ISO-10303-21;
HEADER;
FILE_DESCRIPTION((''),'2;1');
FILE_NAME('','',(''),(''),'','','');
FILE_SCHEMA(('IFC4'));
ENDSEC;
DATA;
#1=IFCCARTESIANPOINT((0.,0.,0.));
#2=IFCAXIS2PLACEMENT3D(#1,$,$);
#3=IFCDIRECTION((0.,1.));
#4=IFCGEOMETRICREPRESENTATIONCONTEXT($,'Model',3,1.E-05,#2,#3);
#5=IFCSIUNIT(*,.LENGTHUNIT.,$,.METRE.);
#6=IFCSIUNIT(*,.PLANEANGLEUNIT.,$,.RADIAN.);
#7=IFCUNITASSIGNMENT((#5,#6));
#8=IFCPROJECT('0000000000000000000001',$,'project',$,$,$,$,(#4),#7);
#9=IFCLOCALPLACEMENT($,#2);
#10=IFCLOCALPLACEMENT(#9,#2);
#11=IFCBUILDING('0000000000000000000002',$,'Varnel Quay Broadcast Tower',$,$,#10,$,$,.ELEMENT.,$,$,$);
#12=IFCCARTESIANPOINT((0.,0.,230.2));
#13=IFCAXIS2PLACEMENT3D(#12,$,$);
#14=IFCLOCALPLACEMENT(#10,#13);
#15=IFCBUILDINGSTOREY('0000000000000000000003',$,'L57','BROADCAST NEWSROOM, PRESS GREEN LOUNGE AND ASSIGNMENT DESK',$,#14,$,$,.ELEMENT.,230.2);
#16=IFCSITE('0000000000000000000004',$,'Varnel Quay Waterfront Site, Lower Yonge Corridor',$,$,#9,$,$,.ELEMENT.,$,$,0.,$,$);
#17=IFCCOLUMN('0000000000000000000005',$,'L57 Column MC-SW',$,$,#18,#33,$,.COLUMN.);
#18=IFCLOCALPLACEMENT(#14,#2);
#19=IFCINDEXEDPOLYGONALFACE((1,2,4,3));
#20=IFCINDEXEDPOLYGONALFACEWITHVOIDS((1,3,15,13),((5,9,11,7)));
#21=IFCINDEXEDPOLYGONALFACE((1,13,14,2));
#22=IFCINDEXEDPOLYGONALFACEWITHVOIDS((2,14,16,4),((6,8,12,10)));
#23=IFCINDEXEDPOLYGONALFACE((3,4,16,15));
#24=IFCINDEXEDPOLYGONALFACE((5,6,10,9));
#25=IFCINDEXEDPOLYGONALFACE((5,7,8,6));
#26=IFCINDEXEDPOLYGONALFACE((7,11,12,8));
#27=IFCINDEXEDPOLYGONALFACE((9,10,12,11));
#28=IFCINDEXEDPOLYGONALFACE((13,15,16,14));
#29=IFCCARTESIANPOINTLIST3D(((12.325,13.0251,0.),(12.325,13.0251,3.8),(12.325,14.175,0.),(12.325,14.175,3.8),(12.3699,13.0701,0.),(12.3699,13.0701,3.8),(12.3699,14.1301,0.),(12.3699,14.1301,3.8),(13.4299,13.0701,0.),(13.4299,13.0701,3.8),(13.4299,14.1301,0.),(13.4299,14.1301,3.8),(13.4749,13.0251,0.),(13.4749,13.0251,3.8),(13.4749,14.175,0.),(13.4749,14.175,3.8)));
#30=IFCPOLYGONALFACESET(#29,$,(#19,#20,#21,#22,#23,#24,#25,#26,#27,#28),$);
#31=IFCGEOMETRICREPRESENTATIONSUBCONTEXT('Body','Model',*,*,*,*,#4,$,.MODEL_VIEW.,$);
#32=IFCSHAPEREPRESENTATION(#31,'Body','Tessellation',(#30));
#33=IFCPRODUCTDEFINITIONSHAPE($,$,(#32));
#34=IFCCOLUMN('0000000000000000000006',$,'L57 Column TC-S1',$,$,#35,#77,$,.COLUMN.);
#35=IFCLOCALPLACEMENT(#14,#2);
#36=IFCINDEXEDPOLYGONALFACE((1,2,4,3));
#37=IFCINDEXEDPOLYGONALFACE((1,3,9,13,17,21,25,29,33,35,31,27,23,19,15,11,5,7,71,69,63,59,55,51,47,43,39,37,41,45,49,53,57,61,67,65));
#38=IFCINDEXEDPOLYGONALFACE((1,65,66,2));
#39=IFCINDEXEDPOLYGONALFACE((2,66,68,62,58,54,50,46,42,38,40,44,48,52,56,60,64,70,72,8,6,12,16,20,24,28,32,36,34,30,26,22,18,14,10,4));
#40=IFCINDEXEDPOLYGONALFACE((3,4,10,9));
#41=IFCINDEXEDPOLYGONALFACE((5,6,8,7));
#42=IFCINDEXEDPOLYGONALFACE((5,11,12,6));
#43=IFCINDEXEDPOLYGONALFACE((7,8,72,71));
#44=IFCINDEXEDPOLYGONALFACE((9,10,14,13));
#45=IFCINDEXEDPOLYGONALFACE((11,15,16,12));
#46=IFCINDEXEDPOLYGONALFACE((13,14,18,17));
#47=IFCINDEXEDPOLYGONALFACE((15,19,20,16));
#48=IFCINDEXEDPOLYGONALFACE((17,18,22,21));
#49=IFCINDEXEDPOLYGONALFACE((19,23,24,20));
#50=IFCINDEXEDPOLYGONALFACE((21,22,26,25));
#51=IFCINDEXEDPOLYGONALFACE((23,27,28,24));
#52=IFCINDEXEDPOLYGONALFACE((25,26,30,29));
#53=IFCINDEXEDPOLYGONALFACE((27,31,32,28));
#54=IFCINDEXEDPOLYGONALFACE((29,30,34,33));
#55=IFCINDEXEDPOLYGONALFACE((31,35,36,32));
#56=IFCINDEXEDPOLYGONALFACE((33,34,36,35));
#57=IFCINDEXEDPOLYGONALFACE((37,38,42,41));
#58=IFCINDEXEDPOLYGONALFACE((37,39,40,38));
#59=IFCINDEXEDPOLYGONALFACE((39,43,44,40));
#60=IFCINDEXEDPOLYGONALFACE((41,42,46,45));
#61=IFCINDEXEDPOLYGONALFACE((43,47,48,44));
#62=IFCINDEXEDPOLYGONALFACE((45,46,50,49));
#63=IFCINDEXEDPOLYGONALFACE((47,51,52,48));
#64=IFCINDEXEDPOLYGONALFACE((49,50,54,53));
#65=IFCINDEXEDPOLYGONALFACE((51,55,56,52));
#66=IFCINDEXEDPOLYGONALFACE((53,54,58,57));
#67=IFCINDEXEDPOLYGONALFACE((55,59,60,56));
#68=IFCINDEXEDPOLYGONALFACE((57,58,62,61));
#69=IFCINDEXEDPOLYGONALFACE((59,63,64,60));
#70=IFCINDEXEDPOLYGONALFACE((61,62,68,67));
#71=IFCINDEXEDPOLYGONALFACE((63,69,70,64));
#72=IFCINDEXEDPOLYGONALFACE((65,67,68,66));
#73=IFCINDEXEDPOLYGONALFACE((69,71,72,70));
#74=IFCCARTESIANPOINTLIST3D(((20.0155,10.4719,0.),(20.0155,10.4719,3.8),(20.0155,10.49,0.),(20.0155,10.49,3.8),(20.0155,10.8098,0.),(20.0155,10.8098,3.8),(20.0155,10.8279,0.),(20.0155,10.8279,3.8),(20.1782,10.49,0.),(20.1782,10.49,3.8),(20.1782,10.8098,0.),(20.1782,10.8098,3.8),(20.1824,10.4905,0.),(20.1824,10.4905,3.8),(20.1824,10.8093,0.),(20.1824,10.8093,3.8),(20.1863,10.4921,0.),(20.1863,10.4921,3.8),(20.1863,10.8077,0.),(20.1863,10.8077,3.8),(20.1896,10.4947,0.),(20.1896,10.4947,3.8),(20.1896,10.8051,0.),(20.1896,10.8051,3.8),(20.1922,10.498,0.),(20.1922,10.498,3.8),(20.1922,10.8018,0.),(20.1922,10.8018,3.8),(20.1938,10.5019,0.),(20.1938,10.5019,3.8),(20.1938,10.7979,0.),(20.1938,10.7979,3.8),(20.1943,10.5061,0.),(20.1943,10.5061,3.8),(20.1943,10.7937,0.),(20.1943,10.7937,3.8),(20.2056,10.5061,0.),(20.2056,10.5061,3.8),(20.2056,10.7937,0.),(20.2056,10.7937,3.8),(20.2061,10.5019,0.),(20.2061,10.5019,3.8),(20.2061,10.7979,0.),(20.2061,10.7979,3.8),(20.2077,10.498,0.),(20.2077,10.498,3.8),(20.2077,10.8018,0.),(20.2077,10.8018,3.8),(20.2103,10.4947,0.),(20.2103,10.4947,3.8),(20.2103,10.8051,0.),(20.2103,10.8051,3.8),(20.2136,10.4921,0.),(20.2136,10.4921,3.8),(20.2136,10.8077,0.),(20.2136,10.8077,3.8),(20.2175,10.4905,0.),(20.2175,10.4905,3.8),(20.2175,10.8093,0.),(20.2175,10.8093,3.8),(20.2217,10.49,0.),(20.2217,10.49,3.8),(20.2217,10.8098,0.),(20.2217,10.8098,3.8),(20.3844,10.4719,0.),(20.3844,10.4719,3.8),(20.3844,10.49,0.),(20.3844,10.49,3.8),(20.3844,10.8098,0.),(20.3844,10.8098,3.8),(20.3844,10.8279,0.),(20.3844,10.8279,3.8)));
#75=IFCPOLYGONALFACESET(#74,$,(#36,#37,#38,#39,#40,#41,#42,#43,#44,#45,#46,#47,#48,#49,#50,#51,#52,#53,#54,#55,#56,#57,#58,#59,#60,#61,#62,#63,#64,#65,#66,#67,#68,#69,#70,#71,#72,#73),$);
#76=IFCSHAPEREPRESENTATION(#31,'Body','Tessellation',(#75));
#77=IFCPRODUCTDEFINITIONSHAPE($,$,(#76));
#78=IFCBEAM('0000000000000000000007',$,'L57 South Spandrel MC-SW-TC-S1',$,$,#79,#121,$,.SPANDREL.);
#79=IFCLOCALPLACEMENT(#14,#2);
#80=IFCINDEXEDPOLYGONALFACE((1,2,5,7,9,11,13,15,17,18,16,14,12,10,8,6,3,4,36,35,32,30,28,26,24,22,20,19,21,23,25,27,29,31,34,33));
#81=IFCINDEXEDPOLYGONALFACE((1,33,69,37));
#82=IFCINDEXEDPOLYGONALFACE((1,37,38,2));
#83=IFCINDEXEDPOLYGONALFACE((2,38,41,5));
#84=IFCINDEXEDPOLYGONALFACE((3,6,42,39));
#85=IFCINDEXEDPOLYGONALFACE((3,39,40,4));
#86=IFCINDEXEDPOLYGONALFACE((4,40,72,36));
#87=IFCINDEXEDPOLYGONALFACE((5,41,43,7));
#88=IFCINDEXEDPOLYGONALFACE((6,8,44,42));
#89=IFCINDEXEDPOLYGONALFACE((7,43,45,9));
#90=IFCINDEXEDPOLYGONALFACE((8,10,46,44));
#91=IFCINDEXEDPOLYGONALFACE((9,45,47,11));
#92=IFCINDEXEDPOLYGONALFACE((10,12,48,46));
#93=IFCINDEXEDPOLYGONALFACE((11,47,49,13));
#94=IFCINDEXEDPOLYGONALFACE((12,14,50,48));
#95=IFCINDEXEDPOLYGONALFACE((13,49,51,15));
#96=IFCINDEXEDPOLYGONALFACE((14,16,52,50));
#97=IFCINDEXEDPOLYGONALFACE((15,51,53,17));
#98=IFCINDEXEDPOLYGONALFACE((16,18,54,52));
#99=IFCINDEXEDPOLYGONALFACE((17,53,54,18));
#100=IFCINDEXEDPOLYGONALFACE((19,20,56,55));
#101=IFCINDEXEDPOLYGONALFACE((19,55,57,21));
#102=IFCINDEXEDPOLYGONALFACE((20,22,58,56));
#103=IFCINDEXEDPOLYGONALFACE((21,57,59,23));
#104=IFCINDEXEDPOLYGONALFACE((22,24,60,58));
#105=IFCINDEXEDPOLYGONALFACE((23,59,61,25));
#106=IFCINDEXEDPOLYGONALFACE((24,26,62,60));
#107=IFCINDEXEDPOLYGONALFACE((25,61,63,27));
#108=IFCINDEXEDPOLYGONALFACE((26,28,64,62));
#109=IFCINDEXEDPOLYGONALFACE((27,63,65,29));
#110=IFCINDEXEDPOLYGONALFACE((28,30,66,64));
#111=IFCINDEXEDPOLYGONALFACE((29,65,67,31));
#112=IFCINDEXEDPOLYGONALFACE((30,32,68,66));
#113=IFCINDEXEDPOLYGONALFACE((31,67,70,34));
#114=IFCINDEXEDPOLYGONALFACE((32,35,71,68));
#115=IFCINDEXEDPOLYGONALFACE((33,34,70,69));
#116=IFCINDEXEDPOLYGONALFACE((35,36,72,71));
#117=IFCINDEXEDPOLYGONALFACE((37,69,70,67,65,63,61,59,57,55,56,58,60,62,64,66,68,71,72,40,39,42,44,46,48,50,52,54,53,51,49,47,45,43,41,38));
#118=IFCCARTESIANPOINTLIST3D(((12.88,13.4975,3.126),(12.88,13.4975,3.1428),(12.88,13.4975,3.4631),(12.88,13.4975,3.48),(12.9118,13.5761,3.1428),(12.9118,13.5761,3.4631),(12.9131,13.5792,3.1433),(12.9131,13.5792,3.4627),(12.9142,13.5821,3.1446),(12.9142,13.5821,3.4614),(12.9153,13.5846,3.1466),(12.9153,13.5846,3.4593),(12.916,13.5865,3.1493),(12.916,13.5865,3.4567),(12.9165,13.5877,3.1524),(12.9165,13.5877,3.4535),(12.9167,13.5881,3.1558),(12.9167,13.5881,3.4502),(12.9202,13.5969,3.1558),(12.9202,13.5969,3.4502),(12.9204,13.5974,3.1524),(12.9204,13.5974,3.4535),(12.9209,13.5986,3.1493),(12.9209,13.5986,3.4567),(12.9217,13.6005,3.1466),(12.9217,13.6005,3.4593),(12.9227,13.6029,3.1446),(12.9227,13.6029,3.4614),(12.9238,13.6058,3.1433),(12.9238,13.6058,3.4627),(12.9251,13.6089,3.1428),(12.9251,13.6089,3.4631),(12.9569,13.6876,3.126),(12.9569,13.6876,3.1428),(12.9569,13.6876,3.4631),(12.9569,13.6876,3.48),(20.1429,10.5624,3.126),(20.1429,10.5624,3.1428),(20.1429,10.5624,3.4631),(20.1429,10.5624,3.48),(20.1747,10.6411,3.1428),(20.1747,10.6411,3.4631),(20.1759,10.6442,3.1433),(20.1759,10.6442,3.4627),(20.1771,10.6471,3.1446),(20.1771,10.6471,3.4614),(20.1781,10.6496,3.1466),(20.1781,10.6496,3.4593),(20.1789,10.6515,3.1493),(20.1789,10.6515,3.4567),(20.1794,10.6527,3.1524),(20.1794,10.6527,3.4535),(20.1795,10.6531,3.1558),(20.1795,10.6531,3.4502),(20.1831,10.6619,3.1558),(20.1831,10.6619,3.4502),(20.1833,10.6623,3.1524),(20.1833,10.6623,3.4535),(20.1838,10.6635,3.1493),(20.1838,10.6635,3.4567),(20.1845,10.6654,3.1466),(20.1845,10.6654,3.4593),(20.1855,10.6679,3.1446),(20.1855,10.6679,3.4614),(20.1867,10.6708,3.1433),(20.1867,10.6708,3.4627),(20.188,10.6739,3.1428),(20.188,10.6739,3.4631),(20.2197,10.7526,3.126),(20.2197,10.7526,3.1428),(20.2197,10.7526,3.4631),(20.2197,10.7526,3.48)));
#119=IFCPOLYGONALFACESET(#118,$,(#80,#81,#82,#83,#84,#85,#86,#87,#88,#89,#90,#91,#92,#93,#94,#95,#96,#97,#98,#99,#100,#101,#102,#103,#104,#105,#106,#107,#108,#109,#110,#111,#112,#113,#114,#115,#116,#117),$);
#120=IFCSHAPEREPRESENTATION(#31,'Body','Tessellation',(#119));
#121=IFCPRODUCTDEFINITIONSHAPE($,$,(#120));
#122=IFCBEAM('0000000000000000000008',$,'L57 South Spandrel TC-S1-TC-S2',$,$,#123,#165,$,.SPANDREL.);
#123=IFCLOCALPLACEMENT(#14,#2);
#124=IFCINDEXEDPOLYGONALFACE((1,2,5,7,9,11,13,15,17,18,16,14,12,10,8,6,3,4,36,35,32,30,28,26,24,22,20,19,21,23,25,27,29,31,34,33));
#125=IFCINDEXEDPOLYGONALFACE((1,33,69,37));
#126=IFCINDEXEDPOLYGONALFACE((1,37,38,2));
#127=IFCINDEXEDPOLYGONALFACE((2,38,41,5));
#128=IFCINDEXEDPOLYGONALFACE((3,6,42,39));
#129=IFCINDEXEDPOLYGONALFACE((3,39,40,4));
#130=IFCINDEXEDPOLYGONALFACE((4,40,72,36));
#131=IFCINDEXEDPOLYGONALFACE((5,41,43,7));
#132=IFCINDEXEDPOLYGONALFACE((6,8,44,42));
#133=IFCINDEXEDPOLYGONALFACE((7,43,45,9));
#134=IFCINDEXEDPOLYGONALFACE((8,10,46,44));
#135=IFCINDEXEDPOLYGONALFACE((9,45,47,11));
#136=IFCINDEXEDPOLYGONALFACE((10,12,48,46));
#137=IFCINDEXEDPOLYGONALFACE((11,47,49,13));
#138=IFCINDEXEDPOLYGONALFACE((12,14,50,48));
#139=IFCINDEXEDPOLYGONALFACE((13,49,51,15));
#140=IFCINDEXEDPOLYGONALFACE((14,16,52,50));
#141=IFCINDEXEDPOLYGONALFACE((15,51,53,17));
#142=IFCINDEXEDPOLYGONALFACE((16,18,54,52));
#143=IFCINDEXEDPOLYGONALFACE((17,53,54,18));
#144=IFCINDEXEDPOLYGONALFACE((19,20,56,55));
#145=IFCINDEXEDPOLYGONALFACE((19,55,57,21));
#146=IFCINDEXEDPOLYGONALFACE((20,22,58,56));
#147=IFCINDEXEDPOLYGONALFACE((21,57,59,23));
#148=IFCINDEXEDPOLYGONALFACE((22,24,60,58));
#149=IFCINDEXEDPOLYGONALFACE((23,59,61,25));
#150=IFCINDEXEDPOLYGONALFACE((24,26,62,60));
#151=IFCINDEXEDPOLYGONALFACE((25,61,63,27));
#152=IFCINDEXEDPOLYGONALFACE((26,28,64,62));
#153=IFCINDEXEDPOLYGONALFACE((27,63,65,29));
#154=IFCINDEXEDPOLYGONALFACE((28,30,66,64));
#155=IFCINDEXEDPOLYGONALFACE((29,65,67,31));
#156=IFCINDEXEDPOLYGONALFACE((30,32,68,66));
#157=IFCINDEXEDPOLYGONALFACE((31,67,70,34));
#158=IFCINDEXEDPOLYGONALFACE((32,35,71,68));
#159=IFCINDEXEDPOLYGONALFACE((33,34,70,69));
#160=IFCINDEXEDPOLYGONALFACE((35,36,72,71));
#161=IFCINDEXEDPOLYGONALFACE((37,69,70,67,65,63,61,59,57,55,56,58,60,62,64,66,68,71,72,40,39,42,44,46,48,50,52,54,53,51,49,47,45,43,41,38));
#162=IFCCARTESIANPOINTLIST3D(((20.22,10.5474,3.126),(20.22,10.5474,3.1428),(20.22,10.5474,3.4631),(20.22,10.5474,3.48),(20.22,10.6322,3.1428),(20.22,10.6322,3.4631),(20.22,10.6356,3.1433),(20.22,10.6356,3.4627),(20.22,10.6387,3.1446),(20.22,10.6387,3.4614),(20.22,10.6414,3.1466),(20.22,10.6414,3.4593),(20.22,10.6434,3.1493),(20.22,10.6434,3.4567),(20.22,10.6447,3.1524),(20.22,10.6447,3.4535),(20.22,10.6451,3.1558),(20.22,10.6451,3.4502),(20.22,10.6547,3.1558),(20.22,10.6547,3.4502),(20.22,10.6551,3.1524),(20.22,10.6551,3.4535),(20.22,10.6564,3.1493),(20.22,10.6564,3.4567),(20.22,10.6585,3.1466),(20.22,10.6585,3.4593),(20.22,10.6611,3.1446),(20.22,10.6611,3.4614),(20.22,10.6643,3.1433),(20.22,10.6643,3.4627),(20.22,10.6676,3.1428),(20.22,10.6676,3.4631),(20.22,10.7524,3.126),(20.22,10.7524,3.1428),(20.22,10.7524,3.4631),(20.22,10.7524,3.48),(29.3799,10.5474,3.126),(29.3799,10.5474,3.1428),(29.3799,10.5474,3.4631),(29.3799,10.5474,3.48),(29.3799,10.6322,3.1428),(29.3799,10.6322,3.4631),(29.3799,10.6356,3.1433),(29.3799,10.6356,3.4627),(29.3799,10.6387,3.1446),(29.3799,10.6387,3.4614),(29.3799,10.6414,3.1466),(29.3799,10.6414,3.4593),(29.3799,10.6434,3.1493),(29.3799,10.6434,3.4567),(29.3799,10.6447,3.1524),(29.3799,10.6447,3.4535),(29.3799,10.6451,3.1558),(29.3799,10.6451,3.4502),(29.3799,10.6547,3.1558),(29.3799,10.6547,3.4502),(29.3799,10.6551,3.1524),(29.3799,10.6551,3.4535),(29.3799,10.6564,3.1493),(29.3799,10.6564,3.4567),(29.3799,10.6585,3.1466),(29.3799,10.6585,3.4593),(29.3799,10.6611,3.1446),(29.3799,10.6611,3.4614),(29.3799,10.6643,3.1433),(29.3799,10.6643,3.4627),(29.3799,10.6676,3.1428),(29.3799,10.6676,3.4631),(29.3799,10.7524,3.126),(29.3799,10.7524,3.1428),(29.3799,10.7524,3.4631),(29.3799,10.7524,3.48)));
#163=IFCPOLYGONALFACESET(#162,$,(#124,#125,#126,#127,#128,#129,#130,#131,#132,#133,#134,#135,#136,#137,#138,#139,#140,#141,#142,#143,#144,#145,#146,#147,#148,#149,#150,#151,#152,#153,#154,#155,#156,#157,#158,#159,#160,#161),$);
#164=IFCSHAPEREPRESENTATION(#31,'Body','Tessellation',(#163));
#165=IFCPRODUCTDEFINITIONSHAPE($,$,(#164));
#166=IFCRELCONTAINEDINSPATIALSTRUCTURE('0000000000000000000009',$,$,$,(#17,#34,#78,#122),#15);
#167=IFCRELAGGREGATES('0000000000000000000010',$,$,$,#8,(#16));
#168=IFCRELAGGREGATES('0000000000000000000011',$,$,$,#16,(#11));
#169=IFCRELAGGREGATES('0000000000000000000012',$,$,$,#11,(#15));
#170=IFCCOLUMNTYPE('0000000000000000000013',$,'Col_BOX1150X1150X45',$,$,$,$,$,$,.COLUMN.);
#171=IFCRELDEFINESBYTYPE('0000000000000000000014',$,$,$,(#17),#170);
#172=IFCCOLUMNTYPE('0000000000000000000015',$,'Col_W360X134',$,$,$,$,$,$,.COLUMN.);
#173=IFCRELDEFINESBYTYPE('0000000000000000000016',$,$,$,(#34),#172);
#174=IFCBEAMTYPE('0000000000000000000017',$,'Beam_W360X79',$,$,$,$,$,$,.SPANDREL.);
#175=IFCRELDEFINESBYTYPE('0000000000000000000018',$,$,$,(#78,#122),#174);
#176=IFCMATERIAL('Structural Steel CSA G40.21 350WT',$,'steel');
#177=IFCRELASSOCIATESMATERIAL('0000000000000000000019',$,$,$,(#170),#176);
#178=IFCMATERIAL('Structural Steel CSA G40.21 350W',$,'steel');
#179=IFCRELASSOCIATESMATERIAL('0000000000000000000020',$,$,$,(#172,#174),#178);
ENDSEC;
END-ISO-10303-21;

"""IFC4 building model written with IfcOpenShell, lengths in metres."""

from ifc_helpers import new_model, si_unit, direction, frame, origin, origin_2d, place, context, subcontext, project, spatial, hollow_rectangle, i_section, extrude, source, transform, mapped, material, material_profile, profile_set, type_object, type_shapes, element, save


model = new_model("IFC4")

# Units and contexts
model_context = context("Model", 3, precision=1e-05, world=origin(), true_north=direction((0.0, 1.0)))
body_context = subcontext(model_context, "Body", "Model", "MODEL_VIEW")
ifc_project = project(units=[si_unit("LENGTHUNIT", "METRE"), si_unit("PLANEANGLEUNIT", "RADIAN")], contexts=[model_context])

# Site, building, storey
site_placement = place(None, origin())
site = spatial("IfcSite", under=ifc_project, at=site_placement, Name="Varnel Quay Waterfront Site, Lower Yonge Corridor", CompositionType="ELEMENT", RefElevation=0.0)
building_placement = place(site_placement, origin())
building = spatial("IfcBuilding", under=site, at=building_placement, Name="Varnel Quay Broadcast Tower", CompositionType="ELEMENT")
storey_placement = place(building_placement, frame((0.0, 0.0, 230.2)))
storey = spatial("IfcBuildingStorey", under=building, at=storey_placement, Name="L57", Description="BROADCAST NEWSROOM, PRESS GREEN LOUNGE AND ASSIGNMENT DESK", CompositionType="ELEMENT", Elevation=230.2)

# Columns
ifc_material_1 = material(Name="Structural Steel CSA G40.21 350WT", Category="steel")
ifc_material_profile_1 = material_profile(ifc_material_1, hollow_rectangle(XDim=1.1499, YDim=1.1499, WallThickness=0.0449, at=origin_2d()), Name="BOX1150X1150X45")
ifc_profile_set_1 = profile_set([ifc_material_profile_1], Name="Structural Steel CSA G40.21 350WT")
column_type_1 = type_object("IfcColumnType", Name="Col_BOX1150X1150X45", PredefinedType="COLUMN", material=ifc_profile_set_1)
shared_shape_1 = source(origin(), body_context, "Body", "SweptSolid", [
    extrude(hollow_rectangle(XDim=1.1499, YDim=1.1499, WallThickness=0.0449, at=origin_2d()), origin(), (0.0, 0.0, 1.0), 3.8),
])
type_shapes(column_type_1, [shared_shape_1])
column_1_placement = place(storey_placement, frame((12.8999, 13.6001, 0.0), z_axis=(0.0, 0.0, 1.0), x_axis=(1.0, 0.0, 0.0)))
element("IfcColumn", 1, at=column_1_placement, inside=storey, type_object=column_type_1, Name="L57 Column MC-SW", PredefinedType="COLUMN", context=body_context, shape_type="MappedRepresentation", body=[
    mapped(shared_shape_1, transform((0.0, 0.0, 0.0), x_axis=(1.0, 0.0, 0.0), y_axis=(0.0, 1.0, 0.0), z_axis=(0.0, 0.0, 1.0), scale=1.0)),
])
ifc_material_2 = material(Name="Structural Steel CSA G40.21 350W", Category="steel")
ifc_material_profile_2 = material_profile(ifc_material_2, i_section(OverallWidth=0.3689, OverallDepth=0.356, WebThickness=0.0112, FlangeThickness=0.0181, FilletRadius=0.0161, at=origin_2d()), Name="W360X134")
ifc_profile_set_2 = profile_set([ifc_material_profile_2], Name="Structural Steel CSA G40.21 350W")
column_type_2 = type_object("IfcColumnType", Name="Col_W360X134", PredefinedType="COLUMN", material=ifc_profile_set_2)
shared_shape_2 = source(origin(), body_context, "Body", "SweptSolid", [
    extrude(i_section(OverallWidth=0.3689, OverallDepth=0.356, WebThickness=0.0112, FlangeThickness=0.0181, FilletRadius=0.0161, at=origin_2d()), origin(), (0.0, 0.0, 1.0), 3.8),
])
type_shapes(column_type_2, [shared_shape_2])
column_2_placement = place(storey_placement, frame((20.2, 10.6499, 0.0), z_axis=(0.0, 0.0, 1.0), x_axis=(1.0, 0.0, 0.0)))
element("IfcColumn", 2, at=column_2_placement, inside=storey, type_object=column_type_2, Name="L57 Column TC-S1", PredefinedType="COLUMN", context=body_context, shape_type="MappedRepresentation", body=[
    mapped(shared_shape_2, transform((0.0, 0.0, 0.0), x_axis=(1.0, 0.0, 0.0), y_axis=(0.0, 1.0, 0.0), z_axis=(0.0, 0.0, 1.0), scale=1.0)),
])

# Beams
ifc_material_profile_3 = material_profile(ifc_material_2, i_section(OverallWidth=0.2051, OverallDepth=0.354, WebThickness=0.0095, FlangeThickness=0.0168, FilletRadius=0.0129, at=origin_2d()), Name="W360X79")
ifc_profile_set_3 = profile_set([ifc_material_profile_3], Name="Structural Steel CSA G40.21 350W")
beam_type_1 = type_object("IfcBeamType", Name="Beam_W360X79", PredefinedType="SPANDREL", material=ifc_profile_set_3)
shared_shape_3 = source(origin(), body_context, "Body", "SweptSolid", [
    extrude(i_section(OverallWidth=0.2051, OverallDepth=0.354, WebThickness=0.0095, FlangeThickness=0.0168, FilletRadius=0.0129, at=origin_2d()), origin(), (0.0, 0.0, 1.0), 7.8335),
])
beam_1_placement = place(storey_placement, frame((12.9185, 13.5925, 3.303), z_axis=(0.927155, -0.374677, 0.0), x_axis=(0.374677, 0.927155, 0.0)))
element("IfcBeam", 3, at=beam_1_placement, inside=storey, type_object=beam_type_1, Name="L57 South Spandrel MC-SW-TC-S1", PredefinedType="SPANDREL", context=body_context, shape_type="MappedRepresentation", body=[
    mapped(shared_shape_3, transform((0.0, 0.0, 0.0), x_axis=(1.0, 0.0, 0.0), y_axis=(0.0, 1.0, 0.0), z_axis=(0.0, 0.0, 1.0), scale=1.0)),
])
shared_shape_4 = source(origin(), body_context, "Body", "SweptSolid", [
    extrude(i_section(OverallWidth=0.2051, OverallDepth=0.354, WebThickness=0.0095, FlangeThickness=0.0168, FilletRadius=0.0129, at=origin_2d()), origin(), (0.0, 0.0, 1.0), 9.1599),
])
beam_2_placement = place(storey_placement, frame((20.22, 10.6499, 3.303), z_axis=(1.0, 0.0, 0.0), x_axis=(0.0, 1.0, 0.0)))
element("IfcBeam", 4, at=beam_2_placement, inside=storey, type_object=beam_type_1, Name="L57 South Spandrel TC-S1-TC-S2", PredefinedType="SPANDREL", context=body_context, shape_type="MappedRepresentation", body=[
    mapped(shared_shape_4, transform((0.0, 0.0, 0.0), x_axis=(1.0, 0.0, 0.0), y_axis=(0.0, 1.0, 0.0), z_axis=(0.0, 0.0, 1.0), scale=1.0)),
])

save(model, "model.ifc")
